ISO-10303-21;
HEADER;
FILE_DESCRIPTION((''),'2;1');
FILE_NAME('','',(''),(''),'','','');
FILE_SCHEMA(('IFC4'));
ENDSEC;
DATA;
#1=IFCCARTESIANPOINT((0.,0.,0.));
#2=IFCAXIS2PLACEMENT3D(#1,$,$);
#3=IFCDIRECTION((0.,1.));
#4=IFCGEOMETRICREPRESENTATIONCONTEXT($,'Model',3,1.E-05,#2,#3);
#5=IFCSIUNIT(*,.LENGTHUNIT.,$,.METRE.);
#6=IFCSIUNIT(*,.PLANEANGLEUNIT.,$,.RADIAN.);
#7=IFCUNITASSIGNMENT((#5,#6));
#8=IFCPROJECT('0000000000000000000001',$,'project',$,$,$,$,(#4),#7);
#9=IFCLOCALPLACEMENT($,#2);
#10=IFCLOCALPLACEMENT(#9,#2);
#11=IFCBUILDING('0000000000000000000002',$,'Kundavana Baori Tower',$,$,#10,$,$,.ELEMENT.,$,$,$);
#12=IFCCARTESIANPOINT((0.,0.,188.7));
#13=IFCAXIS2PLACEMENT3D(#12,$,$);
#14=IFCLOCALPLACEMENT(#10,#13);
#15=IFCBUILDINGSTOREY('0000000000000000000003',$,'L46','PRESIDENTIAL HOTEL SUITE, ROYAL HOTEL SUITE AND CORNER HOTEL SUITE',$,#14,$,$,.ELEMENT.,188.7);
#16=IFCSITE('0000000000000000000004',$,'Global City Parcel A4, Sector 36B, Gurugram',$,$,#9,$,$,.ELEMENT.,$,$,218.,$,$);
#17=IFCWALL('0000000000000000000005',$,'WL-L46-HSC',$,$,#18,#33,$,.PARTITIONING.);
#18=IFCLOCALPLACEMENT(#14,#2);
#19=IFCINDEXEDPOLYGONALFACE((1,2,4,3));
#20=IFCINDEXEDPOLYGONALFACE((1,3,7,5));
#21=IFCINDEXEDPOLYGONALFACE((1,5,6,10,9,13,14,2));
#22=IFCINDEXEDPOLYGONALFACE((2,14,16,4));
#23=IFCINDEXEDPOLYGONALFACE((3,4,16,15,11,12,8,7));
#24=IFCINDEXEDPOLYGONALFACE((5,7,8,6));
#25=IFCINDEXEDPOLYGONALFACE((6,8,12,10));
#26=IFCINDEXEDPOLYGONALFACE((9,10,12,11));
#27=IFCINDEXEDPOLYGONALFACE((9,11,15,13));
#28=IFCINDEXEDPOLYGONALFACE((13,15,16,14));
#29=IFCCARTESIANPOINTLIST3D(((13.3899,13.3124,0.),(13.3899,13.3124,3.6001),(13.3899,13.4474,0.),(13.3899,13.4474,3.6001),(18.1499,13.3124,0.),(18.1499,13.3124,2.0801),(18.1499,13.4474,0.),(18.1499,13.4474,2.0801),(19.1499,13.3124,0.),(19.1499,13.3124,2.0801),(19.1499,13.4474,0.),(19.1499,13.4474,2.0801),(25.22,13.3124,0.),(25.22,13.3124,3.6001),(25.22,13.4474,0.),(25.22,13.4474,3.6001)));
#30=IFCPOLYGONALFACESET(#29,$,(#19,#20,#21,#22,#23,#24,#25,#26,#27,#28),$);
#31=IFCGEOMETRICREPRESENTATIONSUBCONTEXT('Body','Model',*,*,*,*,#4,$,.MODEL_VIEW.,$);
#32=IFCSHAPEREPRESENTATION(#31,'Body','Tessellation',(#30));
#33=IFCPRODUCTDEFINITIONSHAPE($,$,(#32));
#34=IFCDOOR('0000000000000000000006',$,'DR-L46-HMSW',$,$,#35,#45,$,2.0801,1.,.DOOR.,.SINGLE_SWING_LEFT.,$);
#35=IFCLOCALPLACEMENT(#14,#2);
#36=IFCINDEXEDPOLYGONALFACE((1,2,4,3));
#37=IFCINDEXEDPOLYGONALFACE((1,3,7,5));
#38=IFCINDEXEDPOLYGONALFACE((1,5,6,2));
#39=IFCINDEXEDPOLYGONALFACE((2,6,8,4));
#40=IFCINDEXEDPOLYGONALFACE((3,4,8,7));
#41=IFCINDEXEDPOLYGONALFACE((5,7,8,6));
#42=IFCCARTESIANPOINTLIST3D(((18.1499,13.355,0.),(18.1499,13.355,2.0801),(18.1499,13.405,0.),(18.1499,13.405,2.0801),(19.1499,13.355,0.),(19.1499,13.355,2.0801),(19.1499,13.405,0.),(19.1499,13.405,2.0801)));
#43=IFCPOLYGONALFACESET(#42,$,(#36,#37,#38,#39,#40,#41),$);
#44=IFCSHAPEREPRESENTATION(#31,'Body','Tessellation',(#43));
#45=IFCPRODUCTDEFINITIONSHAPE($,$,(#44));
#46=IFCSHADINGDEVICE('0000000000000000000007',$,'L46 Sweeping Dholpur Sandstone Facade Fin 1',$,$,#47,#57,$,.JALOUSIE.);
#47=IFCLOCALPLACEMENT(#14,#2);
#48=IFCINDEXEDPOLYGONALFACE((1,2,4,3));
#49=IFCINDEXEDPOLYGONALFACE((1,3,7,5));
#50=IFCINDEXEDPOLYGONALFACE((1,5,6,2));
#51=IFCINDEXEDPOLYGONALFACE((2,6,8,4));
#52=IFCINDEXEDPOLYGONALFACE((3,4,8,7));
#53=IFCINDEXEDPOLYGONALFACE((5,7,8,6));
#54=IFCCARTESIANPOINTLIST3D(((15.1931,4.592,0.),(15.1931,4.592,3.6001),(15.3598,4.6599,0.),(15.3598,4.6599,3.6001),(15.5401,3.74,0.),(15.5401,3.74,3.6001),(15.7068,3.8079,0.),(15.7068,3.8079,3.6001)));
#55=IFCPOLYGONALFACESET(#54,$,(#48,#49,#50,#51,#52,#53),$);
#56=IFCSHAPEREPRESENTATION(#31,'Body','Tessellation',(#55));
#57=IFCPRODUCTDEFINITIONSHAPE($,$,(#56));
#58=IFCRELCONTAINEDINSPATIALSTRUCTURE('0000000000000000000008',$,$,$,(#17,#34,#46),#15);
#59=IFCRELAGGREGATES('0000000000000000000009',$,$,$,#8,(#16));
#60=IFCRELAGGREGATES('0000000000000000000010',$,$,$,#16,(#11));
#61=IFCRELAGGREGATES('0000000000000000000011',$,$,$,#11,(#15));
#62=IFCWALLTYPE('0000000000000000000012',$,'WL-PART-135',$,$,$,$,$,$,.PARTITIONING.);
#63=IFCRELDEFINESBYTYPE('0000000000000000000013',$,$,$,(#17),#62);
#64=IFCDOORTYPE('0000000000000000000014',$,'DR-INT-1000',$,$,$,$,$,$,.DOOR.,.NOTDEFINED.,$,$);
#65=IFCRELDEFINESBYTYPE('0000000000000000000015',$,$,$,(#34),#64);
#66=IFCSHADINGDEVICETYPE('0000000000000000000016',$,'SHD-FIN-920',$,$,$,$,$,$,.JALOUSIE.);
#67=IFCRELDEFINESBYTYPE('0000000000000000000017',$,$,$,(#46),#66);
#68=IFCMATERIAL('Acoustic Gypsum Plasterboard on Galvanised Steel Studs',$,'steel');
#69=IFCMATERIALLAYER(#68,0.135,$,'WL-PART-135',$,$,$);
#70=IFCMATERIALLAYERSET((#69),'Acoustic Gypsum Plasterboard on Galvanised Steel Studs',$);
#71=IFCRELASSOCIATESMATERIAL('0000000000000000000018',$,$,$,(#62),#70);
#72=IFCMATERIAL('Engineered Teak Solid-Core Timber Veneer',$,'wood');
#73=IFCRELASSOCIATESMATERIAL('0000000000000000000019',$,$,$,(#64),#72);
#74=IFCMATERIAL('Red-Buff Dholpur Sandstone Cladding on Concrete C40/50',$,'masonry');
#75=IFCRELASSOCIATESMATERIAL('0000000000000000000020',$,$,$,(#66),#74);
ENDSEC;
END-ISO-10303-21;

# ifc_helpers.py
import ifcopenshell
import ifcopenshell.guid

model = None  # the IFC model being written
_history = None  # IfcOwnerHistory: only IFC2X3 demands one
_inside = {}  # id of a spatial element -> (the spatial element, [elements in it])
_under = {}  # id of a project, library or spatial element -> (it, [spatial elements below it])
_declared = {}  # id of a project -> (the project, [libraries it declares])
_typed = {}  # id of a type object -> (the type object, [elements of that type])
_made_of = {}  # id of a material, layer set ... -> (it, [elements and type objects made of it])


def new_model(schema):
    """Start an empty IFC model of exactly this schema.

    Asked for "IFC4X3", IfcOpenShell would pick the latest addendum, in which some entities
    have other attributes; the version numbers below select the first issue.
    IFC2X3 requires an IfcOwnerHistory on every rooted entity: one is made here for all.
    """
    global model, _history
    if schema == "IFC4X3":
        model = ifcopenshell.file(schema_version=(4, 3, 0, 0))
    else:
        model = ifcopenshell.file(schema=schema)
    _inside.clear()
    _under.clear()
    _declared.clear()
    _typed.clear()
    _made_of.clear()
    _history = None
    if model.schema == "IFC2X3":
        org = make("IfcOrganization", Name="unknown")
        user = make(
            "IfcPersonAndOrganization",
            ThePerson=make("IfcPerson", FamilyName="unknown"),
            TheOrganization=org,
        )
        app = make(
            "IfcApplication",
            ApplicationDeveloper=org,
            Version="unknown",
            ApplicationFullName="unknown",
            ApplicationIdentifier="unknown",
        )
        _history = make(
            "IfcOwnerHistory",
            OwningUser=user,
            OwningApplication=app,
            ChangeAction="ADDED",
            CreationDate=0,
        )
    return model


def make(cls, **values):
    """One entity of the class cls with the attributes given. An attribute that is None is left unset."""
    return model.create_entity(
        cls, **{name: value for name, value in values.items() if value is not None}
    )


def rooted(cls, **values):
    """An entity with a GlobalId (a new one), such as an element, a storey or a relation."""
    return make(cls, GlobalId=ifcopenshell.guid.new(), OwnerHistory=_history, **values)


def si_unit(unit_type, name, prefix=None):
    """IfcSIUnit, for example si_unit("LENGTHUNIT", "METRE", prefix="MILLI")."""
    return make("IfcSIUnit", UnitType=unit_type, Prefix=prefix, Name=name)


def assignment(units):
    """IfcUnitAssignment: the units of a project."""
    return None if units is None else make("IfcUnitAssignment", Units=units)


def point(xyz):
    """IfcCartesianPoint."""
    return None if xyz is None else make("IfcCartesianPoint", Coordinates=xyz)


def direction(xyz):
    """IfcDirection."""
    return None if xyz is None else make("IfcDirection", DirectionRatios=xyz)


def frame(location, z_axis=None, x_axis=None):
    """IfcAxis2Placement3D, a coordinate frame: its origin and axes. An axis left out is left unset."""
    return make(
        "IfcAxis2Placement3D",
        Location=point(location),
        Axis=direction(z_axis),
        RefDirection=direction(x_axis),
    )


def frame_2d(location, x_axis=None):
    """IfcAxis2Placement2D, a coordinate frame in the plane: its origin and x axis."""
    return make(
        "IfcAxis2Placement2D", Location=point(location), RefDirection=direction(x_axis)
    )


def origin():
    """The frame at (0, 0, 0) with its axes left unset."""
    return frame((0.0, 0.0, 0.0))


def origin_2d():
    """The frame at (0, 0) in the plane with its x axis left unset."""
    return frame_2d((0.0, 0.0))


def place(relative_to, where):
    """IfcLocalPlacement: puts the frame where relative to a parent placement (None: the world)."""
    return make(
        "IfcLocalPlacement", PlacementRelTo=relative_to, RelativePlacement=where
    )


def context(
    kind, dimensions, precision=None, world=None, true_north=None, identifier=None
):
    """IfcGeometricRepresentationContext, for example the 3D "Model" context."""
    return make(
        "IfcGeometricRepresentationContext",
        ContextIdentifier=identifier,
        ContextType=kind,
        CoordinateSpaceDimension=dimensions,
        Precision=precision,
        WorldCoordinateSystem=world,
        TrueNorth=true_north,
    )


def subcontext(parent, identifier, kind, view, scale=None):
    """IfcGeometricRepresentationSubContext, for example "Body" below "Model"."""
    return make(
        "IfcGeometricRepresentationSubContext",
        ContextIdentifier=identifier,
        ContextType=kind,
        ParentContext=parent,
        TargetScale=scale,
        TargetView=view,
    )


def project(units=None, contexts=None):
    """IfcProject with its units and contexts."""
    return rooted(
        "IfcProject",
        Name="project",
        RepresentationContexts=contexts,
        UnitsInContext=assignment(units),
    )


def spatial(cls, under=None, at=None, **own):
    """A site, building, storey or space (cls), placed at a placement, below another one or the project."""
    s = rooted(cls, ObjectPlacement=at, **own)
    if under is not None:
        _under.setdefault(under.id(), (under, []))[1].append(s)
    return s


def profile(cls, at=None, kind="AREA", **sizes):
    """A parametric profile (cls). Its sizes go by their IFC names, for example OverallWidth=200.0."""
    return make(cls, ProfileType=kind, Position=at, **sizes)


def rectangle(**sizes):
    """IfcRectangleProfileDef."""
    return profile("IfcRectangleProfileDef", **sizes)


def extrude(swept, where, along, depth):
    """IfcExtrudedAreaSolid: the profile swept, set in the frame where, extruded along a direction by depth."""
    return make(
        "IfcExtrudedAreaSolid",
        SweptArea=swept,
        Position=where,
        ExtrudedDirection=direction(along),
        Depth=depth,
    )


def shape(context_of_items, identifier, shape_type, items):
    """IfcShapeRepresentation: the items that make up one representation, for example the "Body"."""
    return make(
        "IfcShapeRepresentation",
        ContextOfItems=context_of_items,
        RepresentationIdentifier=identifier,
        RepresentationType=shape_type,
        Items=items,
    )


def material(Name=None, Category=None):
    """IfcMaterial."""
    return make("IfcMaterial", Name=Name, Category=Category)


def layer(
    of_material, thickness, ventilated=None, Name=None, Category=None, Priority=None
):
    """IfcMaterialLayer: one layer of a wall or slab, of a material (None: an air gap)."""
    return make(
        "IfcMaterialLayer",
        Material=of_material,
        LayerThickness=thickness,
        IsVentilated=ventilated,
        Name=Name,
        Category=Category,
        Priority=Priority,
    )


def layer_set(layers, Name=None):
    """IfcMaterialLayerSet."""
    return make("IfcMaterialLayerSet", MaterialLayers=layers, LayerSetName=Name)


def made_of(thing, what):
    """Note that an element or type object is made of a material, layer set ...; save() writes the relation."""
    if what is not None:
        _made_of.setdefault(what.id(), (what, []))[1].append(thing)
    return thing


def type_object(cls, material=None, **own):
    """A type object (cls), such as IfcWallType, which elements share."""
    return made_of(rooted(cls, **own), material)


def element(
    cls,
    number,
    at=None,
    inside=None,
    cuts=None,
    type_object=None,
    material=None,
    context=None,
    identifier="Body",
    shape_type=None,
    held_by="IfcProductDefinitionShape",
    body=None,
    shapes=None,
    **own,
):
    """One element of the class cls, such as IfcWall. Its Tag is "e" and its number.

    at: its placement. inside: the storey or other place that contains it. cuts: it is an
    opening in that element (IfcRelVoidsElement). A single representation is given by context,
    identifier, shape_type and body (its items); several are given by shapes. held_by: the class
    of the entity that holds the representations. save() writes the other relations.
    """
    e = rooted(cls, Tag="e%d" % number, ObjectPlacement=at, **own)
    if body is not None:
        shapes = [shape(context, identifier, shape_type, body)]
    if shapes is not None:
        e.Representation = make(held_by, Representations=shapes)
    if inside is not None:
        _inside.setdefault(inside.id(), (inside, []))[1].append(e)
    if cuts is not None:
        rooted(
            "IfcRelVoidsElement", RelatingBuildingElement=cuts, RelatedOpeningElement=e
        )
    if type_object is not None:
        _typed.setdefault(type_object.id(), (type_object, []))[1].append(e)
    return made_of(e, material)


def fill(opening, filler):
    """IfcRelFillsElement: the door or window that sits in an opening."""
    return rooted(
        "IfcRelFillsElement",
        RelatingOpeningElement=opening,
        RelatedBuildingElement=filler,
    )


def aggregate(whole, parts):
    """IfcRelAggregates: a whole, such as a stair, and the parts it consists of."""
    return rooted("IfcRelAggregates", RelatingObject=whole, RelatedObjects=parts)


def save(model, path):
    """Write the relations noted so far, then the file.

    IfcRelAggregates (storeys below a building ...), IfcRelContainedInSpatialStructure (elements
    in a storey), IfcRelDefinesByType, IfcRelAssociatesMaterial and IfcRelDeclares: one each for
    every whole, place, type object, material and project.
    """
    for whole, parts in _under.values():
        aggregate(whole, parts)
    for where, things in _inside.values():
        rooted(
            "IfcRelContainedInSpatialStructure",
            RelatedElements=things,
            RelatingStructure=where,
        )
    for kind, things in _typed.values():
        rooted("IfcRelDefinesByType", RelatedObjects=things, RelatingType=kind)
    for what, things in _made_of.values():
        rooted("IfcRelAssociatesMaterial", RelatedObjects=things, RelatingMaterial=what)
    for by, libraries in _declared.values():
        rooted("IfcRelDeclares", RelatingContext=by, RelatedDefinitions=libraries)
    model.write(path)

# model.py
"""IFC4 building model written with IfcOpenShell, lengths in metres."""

from ifc_helpers import new_model, si_unit, direction, frame, frame_2d, origin, origin_2d, place, context, subcontext, project, spatial, rectangle, extrude, material, layer, layer_set, type_object, element, fill, save


model = new_model("IFC4")

# Units and contexts
model_context = context("Model", 3, precision=1e-05, world=origin(), true_north=direction((0.0, 1.0)))
body_context = subcontext(model_context, "Body", "Model", "MODEL_VIEW")
ifc_project = project(units=[si_unit("LENGTHUNIT", "METRE"), si_unit("PLANEANGLEUNIT", "RADIAN")], contexts=[model_context])

# Site, building, storey
site_placement = place(None, origin())
site = spatial("IfcSite", under=ifc_project, at=site_placement, Name="Global City Parcel A4, Sector 36B, Gurugram", CompositionType="ELEMENT", RefElevation=218.0)
building_placement = place(site_placement, origin())
building = spatial("IfcBuilding", under=site, at=building_placement, Name="Kundavana Baori Tower", CompositionType="ELEMENT")
storey_placement = place(building_placement, frame((0.0, 0.0, 188.7)))
storey = spatial("IfcBuildingStorey", under=building, at=storey_placement, Name="L46", Description="PRESIDENTIAL HOTEL SUITE, ROYAL HOTEL SUITE AND CORNER HOTEL SUITE", CompositionType="ELEMENT", Elevation=188.7)

# Wall, opening, door
ifc_material_1 = material(Name="Acoustic Gypsum Plasterboard on Galvanised Steel Studs", Category="steel")
ifc_layer_1 = layer(ifc_material_1, 0.135, Name="WL-PART-135")
ifc_layer_set_1 = layer_set([ifc_layer_1], Name="Acoustic Gypsum Plasterboard on Galvanised Steel Studs")
wall_type_1 = type_object("IfcWallType", Name="WL-PART-135", PredefinedType="PARTITIONING", material=ifc_layer_set_1)
wall_1_placement = place(storey_placement, frame((13.3899, 13.3799, 0.0), z_axis=(0.0, 0.0, 1.0), x_axis=(1.0, 0.0, 0.0)))
wall_1 = element("IfcWall", 1, at=wall_1_placement, inside=storey, type_object=wall_type_1, Name="WL-L46-HSC", PredefinedType="PARTITIONING", context=body_context, shape_type="SweptSolid", body=[
    extrude(rectangle(XDim=11.8301, YDim=0.135, at=frame_2d((5.915, 0.0))), origin(), (0.0, 0.0, 1.0), 3.6001),
])
opening_1_placement = place(wall_1_placement, frame((4.76, 0.0, 0.0)))
opening_1 = element("IfcOpeningElement", 2, at=opening_1_placement, cuts=wall_1, PredefinedType="OPENING", context=body_context, shape_type="SweptSolid", body=[
    extrude(rectangle(XDim=1.0, YDim=2.0801, at=frame_2d((0.5, 1.04))), frame((0.0, 0.0776, 0.0), z_axis=(0.0, -1.0, 0.0), x_axis=(1.0, 0.0, 0.0)), (0.0, 0.0, 1.0), 0.155),
])
ifc_material_2 = material(Name="Engineered Teak Solid-Core Timber Veneer", Category="wood")
door_type_1 = type_object("IfcDoorType", Name="DR-INT-1000", OperationType="NOTDEFINED", PredefinedType="DOOR", material=ifc_material_2)
door_1_placement = place(opening_1_placement, frame((1.0, 0.0, 0.0), z_axis=(0.0, 0.0, 1.0), x_axis=(-1.0, 0.0, 0.0)))
door_1 = element("IfcDoor", 3, at=door_1_placement, inside=storey, type_object=door_type_1, Name="DR-L46-HMSW", OperationType="SINGLE_SWING_LEFT", OverallHeight=2.0801, OverallWidth=1.0, PredefinedType="DOOR", context=body_context, shape_type="SweptSolid", body=[
    extrude(rectangle(XDim=1.0, YDim=2.0801, at=frame_2d((0.5, 1.04))), frame((0.0, 0.0249, 0.0), z_axis=(0.0, -1.0, 0.0), x_axis=(1.0, 0.0, 0.0)), (0.0, 0.0, 1.0), 0.05),
])
fill(opening_1, door_1)

# Shading device
ifc_material_3 = material(Name="Red-Buff Dholpur Sandstone Cladding on Concrete C40/50", Category="masonry")
shading_device_type = type_object("IfcShadingDeviceType", Name="SHD-FIN-920", PredefinedType="JALOUSIE", material=ifc_material_3)
shading_device_placement = place(storey_placement, frame((15.45, 4.2, 0.0), z_axis=(0.0, 0.0, 1.0), x_axis=(0.926134, 0.377194, 0.0)))
element("IfcShadingDevice", 4, at=shading_device_placement, inside=storey, type_object=shading_device_type, Name="L46 Sweeping Dholpur Sandstone Facade Fin 1", PredefinedType="JALOUSIE", context=body_context, shape_type="SweptSolid", body=[
    extrude(rectangle(XDim=0.1799, YDim=0.9199, at=origin_2d()), origin(), (0.0, 0.0, 1.0), 3.6001),
])

save(model, "model.ifc")
